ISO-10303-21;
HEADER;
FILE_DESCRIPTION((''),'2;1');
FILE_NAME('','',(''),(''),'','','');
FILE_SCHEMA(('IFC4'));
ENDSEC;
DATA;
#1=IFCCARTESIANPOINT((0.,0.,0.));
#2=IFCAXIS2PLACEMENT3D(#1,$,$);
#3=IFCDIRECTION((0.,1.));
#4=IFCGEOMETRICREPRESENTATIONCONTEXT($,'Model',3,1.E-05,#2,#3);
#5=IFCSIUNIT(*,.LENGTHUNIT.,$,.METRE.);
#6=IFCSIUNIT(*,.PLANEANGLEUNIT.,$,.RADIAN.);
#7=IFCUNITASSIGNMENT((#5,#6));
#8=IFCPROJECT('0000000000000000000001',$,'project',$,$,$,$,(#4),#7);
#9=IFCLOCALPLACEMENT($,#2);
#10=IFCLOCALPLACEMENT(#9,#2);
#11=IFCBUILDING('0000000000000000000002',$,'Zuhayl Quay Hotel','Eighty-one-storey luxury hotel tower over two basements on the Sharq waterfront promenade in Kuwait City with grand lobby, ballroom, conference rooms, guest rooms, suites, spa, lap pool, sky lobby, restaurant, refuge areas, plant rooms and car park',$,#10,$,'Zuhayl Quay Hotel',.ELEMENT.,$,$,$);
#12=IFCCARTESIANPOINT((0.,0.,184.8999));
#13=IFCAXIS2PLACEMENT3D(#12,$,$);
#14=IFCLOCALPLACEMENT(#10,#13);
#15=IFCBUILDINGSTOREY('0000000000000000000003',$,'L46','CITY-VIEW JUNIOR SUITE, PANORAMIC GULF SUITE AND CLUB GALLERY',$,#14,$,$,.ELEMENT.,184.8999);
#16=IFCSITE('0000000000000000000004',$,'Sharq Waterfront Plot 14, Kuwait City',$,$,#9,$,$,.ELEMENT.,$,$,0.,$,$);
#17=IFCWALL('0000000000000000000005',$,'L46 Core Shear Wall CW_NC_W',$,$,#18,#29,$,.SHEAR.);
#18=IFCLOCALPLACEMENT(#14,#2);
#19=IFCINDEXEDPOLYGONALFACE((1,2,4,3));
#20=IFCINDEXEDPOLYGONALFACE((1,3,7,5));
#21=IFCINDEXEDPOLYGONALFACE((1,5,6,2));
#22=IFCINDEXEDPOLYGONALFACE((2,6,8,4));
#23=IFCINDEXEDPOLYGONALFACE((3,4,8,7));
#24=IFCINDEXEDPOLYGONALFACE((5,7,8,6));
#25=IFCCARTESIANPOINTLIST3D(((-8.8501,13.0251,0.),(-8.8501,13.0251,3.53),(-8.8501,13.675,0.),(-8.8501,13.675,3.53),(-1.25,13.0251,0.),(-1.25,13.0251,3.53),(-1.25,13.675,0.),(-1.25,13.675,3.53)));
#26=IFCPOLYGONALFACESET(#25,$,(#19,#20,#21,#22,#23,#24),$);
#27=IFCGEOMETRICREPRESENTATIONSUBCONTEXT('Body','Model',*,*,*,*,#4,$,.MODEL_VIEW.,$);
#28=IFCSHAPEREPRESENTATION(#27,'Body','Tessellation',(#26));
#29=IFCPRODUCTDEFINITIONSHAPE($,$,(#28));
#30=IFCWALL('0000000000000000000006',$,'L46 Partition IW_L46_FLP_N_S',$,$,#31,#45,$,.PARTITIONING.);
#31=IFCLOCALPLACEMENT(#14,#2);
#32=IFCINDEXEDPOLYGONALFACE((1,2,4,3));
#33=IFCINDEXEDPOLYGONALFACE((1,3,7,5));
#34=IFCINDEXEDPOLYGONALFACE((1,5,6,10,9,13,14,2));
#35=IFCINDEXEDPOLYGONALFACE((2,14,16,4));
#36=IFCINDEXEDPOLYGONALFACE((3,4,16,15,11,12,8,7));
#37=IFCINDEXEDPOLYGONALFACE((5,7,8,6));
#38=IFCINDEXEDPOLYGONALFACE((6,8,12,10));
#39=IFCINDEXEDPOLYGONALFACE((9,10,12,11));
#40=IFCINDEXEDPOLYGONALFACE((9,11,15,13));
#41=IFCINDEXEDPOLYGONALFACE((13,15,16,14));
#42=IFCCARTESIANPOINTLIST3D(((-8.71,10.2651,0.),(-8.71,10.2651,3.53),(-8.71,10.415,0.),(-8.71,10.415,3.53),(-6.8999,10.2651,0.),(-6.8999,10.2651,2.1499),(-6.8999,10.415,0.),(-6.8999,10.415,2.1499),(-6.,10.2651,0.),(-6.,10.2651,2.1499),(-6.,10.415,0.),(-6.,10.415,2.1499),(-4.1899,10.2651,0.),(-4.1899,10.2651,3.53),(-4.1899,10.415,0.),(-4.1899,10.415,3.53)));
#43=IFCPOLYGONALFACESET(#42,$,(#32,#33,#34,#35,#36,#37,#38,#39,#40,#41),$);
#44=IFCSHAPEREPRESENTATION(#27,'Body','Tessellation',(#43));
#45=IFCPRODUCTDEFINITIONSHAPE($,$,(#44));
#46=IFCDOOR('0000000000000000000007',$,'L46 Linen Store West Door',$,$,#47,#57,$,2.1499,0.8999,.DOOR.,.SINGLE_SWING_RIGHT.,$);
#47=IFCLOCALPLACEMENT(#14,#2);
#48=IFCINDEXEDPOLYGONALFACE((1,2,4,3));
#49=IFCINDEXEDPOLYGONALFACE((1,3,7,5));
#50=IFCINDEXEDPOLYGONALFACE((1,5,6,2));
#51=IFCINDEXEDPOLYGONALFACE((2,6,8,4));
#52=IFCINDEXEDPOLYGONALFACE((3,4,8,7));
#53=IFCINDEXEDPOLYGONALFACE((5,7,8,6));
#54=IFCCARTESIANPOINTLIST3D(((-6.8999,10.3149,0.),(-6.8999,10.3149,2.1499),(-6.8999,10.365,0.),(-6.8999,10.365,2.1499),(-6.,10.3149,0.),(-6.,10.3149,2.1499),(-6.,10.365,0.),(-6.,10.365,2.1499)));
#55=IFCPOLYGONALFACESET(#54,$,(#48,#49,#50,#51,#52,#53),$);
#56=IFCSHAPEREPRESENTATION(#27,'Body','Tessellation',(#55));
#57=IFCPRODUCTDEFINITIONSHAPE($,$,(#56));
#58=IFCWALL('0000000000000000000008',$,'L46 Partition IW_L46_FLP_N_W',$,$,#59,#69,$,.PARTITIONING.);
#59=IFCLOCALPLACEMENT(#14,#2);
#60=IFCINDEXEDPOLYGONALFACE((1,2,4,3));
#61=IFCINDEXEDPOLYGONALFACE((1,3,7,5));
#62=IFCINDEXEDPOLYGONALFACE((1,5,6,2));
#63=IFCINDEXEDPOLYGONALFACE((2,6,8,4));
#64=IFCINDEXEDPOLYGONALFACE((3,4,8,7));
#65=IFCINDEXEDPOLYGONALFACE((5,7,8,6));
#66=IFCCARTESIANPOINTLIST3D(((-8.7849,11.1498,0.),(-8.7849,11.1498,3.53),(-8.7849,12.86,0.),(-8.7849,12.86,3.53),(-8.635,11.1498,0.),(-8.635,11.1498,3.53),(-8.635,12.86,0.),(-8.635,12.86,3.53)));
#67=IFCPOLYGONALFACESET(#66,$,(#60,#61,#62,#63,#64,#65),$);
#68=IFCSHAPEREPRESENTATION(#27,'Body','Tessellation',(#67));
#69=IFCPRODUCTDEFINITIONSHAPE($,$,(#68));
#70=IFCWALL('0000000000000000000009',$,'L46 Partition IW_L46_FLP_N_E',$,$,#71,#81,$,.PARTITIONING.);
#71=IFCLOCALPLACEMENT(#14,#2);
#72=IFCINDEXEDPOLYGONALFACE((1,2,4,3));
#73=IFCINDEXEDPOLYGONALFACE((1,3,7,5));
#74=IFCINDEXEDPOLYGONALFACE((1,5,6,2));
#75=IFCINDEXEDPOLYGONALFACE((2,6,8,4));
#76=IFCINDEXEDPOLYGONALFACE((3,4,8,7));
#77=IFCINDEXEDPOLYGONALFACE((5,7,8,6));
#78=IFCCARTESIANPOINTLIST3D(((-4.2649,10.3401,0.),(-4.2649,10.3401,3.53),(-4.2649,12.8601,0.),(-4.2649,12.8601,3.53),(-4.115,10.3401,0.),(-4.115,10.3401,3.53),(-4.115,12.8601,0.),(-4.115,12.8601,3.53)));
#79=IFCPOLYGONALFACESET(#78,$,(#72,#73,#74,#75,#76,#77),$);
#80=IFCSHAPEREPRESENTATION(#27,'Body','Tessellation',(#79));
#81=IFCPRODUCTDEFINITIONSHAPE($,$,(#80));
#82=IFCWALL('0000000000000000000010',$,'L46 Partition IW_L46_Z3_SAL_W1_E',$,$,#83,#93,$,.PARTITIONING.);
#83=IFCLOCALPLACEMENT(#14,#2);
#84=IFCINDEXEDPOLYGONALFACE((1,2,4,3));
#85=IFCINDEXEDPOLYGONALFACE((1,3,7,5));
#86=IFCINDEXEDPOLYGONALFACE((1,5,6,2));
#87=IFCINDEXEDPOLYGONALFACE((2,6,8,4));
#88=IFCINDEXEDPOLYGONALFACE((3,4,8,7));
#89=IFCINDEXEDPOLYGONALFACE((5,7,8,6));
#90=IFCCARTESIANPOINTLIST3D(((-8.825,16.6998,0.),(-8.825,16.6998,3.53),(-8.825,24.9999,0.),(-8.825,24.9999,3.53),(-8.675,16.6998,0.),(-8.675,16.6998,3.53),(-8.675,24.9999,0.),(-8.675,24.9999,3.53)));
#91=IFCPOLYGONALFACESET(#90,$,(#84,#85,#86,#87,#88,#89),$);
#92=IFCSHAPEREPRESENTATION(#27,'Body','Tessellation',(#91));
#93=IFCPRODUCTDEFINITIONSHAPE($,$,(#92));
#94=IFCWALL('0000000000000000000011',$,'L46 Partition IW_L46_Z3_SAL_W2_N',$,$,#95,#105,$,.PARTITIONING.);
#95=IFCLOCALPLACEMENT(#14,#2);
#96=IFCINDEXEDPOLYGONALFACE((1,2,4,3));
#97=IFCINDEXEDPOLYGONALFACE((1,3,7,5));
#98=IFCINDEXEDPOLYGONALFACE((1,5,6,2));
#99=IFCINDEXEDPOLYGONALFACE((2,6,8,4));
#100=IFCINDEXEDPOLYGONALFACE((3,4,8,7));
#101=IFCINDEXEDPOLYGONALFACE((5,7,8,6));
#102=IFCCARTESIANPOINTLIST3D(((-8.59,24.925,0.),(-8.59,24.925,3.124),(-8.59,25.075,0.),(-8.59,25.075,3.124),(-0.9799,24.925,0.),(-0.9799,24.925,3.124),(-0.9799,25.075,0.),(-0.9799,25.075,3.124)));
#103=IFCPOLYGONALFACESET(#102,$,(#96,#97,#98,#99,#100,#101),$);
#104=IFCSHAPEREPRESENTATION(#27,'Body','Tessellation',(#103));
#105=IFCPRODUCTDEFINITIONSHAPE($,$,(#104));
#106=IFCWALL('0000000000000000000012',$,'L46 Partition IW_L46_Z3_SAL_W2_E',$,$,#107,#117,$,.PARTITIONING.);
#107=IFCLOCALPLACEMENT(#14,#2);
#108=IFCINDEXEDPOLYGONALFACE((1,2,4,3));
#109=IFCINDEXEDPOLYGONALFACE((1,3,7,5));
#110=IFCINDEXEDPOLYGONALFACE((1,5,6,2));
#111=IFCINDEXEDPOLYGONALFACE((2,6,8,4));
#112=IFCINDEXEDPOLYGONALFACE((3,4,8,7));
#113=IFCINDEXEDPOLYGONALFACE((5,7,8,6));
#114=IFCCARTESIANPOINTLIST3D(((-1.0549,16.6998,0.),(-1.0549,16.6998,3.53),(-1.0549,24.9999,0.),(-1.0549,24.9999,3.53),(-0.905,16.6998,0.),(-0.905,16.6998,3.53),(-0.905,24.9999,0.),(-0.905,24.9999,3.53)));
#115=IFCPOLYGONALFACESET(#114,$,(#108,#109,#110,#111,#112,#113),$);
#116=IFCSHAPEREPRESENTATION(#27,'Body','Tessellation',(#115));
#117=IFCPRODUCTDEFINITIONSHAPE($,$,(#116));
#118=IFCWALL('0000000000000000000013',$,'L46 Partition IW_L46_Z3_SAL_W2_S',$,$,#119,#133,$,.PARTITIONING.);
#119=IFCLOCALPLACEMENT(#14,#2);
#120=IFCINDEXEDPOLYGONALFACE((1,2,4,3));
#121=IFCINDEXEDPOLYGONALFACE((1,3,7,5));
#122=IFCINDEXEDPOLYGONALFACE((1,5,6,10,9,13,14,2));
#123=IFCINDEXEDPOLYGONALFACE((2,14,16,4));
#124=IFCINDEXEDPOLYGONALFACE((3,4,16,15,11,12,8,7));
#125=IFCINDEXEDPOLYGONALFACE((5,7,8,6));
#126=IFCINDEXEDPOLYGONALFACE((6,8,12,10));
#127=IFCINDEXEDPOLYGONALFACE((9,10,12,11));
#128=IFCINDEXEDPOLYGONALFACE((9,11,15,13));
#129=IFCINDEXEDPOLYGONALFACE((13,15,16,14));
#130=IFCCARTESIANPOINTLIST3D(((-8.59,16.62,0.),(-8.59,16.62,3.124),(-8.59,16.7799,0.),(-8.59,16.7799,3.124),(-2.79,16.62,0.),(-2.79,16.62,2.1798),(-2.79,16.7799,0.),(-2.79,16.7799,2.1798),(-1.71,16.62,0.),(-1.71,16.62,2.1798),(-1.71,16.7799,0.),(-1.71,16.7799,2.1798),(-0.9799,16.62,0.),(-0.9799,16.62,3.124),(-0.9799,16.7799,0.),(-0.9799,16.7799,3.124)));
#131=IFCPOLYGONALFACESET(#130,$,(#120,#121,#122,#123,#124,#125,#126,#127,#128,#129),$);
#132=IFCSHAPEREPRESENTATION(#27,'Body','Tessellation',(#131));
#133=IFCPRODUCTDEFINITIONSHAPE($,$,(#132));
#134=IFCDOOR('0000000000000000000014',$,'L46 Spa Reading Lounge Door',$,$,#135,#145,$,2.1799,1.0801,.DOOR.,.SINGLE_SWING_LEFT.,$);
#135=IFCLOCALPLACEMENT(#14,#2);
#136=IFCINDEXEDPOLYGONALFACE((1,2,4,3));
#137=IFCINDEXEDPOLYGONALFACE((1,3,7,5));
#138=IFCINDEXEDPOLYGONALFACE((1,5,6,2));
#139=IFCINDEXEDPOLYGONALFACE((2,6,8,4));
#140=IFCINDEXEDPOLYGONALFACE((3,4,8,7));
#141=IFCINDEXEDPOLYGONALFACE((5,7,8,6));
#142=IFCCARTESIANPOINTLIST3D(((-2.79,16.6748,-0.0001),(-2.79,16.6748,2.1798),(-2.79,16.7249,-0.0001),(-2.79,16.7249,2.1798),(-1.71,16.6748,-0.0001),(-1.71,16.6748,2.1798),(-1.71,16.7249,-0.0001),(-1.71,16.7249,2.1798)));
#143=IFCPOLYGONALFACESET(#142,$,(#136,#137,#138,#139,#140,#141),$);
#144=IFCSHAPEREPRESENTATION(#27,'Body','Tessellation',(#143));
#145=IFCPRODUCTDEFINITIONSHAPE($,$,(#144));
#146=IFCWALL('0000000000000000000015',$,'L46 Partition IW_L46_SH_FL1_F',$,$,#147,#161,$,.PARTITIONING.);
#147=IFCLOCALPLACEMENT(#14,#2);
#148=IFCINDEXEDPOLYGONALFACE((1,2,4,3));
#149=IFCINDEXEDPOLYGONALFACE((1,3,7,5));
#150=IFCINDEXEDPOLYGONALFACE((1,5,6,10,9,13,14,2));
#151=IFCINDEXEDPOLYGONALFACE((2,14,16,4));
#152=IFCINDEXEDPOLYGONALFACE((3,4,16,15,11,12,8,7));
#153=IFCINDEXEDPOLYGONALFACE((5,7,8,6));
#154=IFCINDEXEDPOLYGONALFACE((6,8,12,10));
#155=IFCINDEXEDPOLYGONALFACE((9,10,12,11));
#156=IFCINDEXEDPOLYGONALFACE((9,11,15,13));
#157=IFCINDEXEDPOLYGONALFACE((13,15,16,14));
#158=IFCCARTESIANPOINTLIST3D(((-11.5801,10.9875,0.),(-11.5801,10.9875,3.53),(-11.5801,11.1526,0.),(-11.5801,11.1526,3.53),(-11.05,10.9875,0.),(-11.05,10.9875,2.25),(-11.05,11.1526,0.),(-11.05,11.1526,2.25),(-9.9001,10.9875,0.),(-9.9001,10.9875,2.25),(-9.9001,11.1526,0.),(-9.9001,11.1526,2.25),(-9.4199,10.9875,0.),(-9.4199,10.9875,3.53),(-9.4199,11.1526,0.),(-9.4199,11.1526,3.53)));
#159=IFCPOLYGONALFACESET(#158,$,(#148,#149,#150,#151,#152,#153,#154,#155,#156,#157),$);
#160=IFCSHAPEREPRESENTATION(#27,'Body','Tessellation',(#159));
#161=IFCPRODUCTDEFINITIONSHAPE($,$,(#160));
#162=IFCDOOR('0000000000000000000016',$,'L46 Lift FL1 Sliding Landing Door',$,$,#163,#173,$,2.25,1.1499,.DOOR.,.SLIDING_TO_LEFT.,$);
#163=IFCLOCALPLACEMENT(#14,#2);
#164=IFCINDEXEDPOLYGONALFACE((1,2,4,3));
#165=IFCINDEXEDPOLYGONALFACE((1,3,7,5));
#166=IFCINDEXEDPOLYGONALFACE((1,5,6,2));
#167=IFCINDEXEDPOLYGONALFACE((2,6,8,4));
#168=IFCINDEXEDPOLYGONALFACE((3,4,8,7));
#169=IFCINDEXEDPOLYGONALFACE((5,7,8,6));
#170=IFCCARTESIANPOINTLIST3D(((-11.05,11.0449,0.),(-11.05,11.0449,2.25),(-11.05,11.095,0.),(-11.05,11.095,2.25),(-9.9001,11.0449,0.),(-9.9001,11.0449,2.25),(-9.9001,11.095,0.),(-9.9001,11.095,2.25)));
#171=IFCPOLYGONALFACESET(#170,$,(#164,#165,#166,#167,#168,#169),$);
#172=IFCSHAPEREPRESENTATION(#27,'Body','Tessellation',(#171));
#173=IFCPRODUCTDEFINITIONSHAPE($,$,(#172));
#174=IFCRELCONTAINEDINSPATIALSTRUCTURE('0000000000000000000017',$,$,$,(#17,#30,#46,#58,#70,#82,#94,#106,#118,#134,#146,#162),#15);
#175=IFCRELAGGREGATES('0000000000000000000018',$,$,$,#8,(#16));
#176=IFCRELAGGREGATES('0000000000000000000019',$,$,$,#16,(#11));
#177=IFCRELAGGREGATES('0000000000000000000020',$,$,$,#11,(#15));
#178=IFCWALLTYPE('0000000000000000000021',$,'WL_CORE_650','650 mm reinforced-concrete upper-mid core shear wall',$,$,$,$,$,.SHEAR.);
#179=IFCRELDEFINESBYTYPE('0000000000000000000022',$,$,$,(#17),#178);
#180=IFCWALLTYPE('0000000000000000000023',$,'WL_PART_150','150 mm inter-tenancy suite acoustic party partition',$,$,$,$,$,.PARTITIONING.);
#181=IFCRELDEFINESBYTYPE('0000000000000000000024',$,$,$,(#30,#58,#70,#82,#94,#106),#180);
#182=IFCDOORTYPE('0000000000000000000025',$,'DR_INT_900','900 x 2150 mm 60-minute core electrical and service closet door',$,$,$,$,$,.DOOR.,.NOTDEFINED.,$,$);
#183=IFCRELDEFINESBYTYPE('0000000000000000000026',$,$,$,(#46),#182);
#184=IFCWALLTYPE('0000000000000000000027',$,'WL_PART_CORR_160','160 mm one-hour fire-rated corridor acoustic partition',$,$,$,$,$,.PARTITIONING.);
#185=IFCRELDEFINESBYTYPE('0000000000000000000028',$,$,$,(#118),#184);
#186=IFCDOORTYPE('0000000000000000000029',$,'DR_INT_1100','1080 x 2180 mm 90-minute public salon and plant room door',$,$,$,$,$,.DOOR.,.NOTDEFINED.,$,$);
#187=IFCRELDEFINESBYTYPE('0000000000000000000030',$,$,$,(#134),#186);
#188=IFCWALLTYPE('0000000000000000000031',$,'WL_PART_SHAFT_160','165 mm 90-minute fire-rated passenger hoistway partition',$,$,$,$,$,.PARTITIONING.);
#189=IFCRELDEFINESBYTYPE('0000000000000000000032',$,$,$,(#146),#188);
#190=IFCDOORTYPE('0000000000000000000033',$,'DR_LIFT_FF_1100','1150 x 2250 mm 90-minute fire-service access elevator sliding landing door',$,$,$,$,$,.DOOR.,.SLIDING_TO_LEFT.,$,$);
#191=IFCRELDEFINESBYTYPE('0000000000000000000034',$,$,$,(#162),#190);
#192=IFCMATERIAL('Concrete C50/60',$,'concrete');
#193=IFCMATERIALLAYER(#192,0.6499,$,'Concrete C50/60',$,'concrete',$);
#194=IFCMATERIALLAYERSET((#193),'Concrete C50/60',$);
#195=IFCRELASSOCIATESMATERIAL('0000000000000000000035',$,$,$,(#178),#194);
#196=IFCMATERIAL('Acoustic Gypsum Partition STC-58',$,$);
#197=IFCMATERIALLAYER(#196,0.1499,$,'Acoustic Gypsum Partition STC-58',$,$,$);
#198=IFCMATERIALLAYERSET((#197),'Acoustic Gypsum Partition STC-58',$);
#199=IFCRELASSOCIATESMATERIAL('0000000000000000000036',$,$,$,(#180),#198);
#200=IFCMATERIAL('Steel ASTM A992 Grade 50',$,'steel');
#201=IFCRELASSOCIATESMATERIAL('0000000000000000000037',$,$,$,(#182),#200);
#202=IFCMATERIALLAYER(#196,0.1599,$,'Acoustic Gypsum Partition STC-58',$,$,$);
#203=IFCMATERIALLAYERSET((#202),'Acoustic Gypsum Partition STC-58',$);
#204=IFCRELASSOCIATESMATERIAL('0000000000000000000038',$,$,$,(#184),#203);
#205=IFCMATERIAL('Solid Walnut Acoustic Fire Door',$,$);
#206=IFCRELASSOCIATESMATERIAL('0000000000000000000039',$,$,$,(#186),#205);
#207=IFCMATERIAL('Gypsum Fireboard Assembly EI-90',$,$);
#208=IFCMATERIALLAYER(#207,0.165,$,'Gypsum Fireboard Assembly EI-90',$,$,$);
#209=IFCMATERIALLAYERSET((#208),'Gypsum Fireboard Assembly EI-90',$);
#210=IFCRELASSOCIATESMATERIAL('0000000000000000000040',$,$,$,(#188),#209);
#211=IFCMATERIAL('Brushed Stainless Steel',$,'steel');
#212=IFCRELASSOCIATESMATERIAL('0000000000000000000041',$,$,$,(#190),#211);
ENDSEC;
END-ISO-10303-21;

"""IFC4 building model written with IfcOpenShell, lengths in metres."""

from ifc_helpers import new_model, si_unit, direction, frame, frame_2d, origin, place, context, subcontext, project, spatial, rectangle, extrude, material, layer, layer_set, type_object, element, fill, save


model = new_model("IFC4")

# Units and contexts
model_context = context("Model", 3, precision=1e-05, world=origin(), true_north=direction((0.0, 1.0)))
body_context = subcontext(model_context, "Body", "Model", "MODEL_VIEW")
ifc_project = project(units=[si_unit("LENGTHUNIT", "METRE"), si_unit("PLANEANGLEUNIT", "RADIAN")], contexts=[model_context])

# Site, building, storey
site_placement = place(None, origin())
site = spatial("IfcSite", under=ifc_project, at=site_placement, Name="Sharq Waterfront Plot 14, Kuwait City", CompositionType="ELEMENT", RefElevation=0.0)
building_placement = place(site_placement, origin())
building = spatial("IfcBuilding", under=site, at=building_placement, Name="Zuhayl Quay Hotel", Description="Eighty-one-storey luxury hotel tower over two basements on the Sharq waterfront promenade in Kuwait City with grand lobby, ballroom, conference rooms, guest rooms, suites, spa, lap pool, sky lobby, restaurant, refuge areas, plant rooms and car park", LongName="Zuhayl Quay Hotel", CompositionType="ELEMENT")
storey_placement = place(building_placement, frame((0.0, 0.0, 184.8999)))
storey = spatial("IfcBuildingStorey", under=building, at=storey_placement, Name="L46", Description="CITY-VIEW JUNIOR SUITE, PANORAMIC GULF SUITE AND CLUB GALLERY", CompositionType="ELEMENT", Elevation=184.8999)

# Shared definitions
ifc_material_1 = material(Name="Steel ASTM A992 Grade 50", Category="steel")

# Wall
ifc_material_2 = material(Name="Concrete C50/60", Category="concrete")
ifc_layer_1 = layer(ifc_material_2, 0.6499, Name="Concrete C50/60", Category="concrete")
ifc_layer_set_1 = layer_set([ifc_layer_1], Name="Concrete C50/60")
wall_type_1 = type_object("IfcWallType", Name="WL_CORE_650", Description="650 mm reinforced-concrete upper-mid core shear wall", PredefinedType="SHEAR", material=ifc_layer_set_1)
wall_1_placement = place(storey_placement, frame((-8.8501, 13.3501, 0.0), z_axis=(0.0, 0.0, 1.0), x_axis=(1.0, 0.0, 0.0)))
element("IfcWall", 1, at=wall_1_placement, inside=storey, type_object=wall_type_1, Name="L46 Core Shear Wall CW_NC_W", PredefinedType="SHEAR", context=body_context, shape_type="SweptSolid", body=[
    extrude(rectangle(XDim=7.6001, YDim=0.6499, at=frame_2d((3.8, 0.0))), origin(), (0.0, 0.0, 1.0), 3.53),
])

# Wall, opening, door
ifc_material_3 = material(Name="Acoustic Gypsum Partition STC-58")
ifc_layer_2 = layer(ifc_material_3, 0.1499, Name="Acoustic Gypsum Partition STC-58")
ifc_layer_set_2 = layer_set([ifc_layer_2], Name="Acoustic Gypsum Partition STC-58")
wall_type_2 = type_object("IfcWallType", Name="WL_PART_150", Description="150 mm inter-tenancy suite acoustic party partition", PredefinedType="PARTITIONING", material=ifc_layer_set_2)
wall_2_placement = place(storey_placement, frame((-8.71, 10.3401, 0.0), z_axis=(0.0, 0.0, 1.0), x_axis=(1.0, 0.0, 0.0)))
wall_2 = element("IfcWall", 2, at=wall_2_placement, inside=storey, type_object=wall_type_2, Name="L46 Partition IW_L46_FLP_N_S", PredefinedType="PARTITIONING", context=body_context, shape_type="SweptSolid", body=[
    extrude(rectangle(XDim=4.52, YDim=0.1499, at=frame_2d((2.26, 0.0))), origin(), (0.0, 0.0, 1.0), 3.53),
])
opening_1_placement = place(wall_2_placement, frame((1.8101, 0.0, 0.0)))
opening_1 = element("IfcOpeningElement", 3, at=opening_1_placement, cuts=wall_2, PredefinedType="OPENING", context=body_context, shape_type="SweptSolid", body=[
    extrude(rectangle(XDim=0.8999, YDim=2.1499, at=frame_2d((0.45, 1.075))), frame((0.0, 0.085, 0.0), z_axis=(0.0, -1.0, 0.0), x_axis=(1.0, 0.0, 0.0)), (0.0, 0.0, 1.0), 0.1699),
])
door_type_1 = type_object("IfcDoorType", Name="DR_INT_900", Description="900 x 2150 mm 60-minute core electrical and service closet door", OperationType="NOTDEFINED", PredefinedType="DOOR", material=ifc_material_1)
door_1_placement = place(opening_1_placement, origin())
door_1 = element("IfcDoor", 4, at=door_1_placement, inside=storey, type_object=door_type_1, Name="L46 Linen Store West Door", OperationType="SINGLE_SWING_RIGHT", OverallHeight=2.1499, OverallWidth=0.8999, PredefinedType="DOOR", context=body_context, shape_type="SweptSolid", body=[
    extrude(rectangle(XDim=0.8999, YDim=2.1499, at=frame_2d((0.45, 1.075))), frame((0.0, 0.0249, 0.0), z_axis=(0.0, -1.0, 0.0), x_axis=(1.0, 0.0, 0.0)), (0.0, 0.0, 1.0), 0.05),
])
fill(opening_1, door_1)

# Walls
wall_3_placement = place(storey_placement, frame((-8.71, 11.1499, 0.0), z_axis=(0.0, 0.0, 1.0), x_axis=(0.0, 1.0, 0.0)))
element("IfcWall", 5, at=wall_3_placement, inside=storey, type_object=wall_type_2, Name="L46 Partition IW_L46_FLP_N_W", PredefinedType="PARTITIONING", context=body_context, shape_type="SweptSolid", body=[
    extrude(rectangle(XDim=1.7102, YDim=0.1499, at=frame_2d((0.855, 0.0))), origin(), (0.0, 0.0, 1.0), 3.53),
])
wall_4_placement = place(storey_placement, frame((-4.1899, 10.3401, 0.0), z_axis=(0.0, 0.0, 1.0), x_axis=(0.0, 1.0, 0.0)))
element("IfcWall", 6, at=wall_4_placement, inside=storey, type_object=wall_type_2, Name="L46 Partition IW_L46_FLP_N_E", PredefinedType="PARTITIONING", context=body_context, shape_type="SweptSolid", body=[
    extrude(rectangle(XDim=2.52, YDim=0.1499, at=frame_2d((1.26, 0.0))), origin(), (0.0, 0.0, 1.0), 3.53),
])
wall_5_placement = place(storey_placement, frame((-8.75, 16.7, 0.0), z_axis=(0.0, 0.0, 1.0), x_axis=(0.0, 1.0, 0.0)))
element("IfcWall", 7, at=wall_5_placement, inside=storey, type_object=wall_type_2, Name="L46 Partition IW_L46_Z3_SAL_W1_E", PredefinedType="PARTITIONING", context=body_context, shape_type="SweptSolid", body=[
    extrude(rectangle(XDim=8.3, YDim=0.1499, at=frame_2d((4.1499, 0.0))), origin(), (0.0, 0.0, 1.0), 3.53),
])
wall_6_placement = place(storey_placement, frame((-8.5901, 25.0, 0.0), z_axis=(0.0, 0.0, 1.0), x_axis=(1.0, 0.0, 0.0)))
element("IfcWall", 8, at=wall_6_placement, inside=storey, type_object=wall_type_2, Name="L46 Partition IW_L46_Z3_SAL_W2_N", PredefinedType="PARTITIONING", context=body_context, shape_type="SweptSolid", body=[
    extrude(rectangle(XDim=7.6101, YDim=0.1499, at=frame_2d((3.8052, 0.0))), origin(), (0.0, 0.0, 1.0), 3.124),
])
wall_7_placement = place(storey_placement, frame((-0.98, 16.7, 0.0), z_axis=(0.0, 0.0, 1.0), x_axis=(0.0, 1.0, 0.0)))
element("IfcWall", 9, at=wall_7_placement, inside=storey, type_object=wall_type_2, Name="L46 Partition IW_L46_Z3_SAL_W2_E", PredefinedType="PARTITIONING", context=body_context, shape_type="SweptSolid", body=[
    extrude(rectangle(XDim=8.3, YDim=0.1499, at=frame_2d((4.1499, 0.0))), origin(), (0.0, 0.0, 1.0), 3.53),
])

# Walls, openings, doors
ifc_layer_3 = layer(ifc_material_3, 0.1599, Name="Acoustic Gypsum Partition STC-58")
ifc_layer_set_3 = layer_set([ifc_layer_3], Name="Acoustic Gypsum Partition STC-58")
wall_type_3 = type_object("IfcWallType", Name="WL_PART_CORR_160", Description="160 mm one-hour fire-rated corridor acoustic partition", PredefinedType="PARTITIONING", material=ifc_layer_set_3)
wall_8_placement = place(storey_placement, frame((-8.5901, 16.7, 0.0), z_axis=(0.0, 0.0, 1.0), x_axis=(1.0, 0.0, 0.0)))
wall_8 = element("IfcWall", 10, at=wall_8_placement, inside=storey, type_object=wall_type_3, Name="L46 Partition IW_L46_Z3_SAL_W2_S", PredefinedType="PARTITIONING", context=body_context, shape_type="SweptSolid", body=[
    extrude(rectangle(XDim=7.6101, YDim=0.1599, at=frame_2d((3.8052, 0.0))), origin(), (0.0, 0.0, 1.0), 3.124),
])
opening_2_placement = place(wall_8_placement, frame((5.8, 0.0, 0.0)))
opening_2 = element("IfcOpeningElement", 11, at=opening_2_placement, cuts=wall_8, PredefinedType="OPENING", context=body_context, shape_type="SweptSolid", body=[
    extrude(rectangle(XDim=1.0801, YDim=2.1799, at=frame_2d((0.54, 1.0898))), frame((0.0, 0.0898, 0.0), z_axis=(0.0, -1.0, 0.0), x_axis=(1.0, 0.0, 0.0)), (0.0, 0.0, 1.0), 0.1799),
])
ifc_material_4 = material(Name="Solid Walnut Acoustic Fire Door")
door_type_2 = type_object("IfcDoorType", Name="DR_INT_1100", Description="1080 x 2180 mm 90-minute public salon and plant room door", OperationType="NOTDEFINED", PredefinedType="DOOR", material=ifc_material_4)
door_2_placement = place(opening_2_placement, origin())
door_2 = element("IfcDoor", 12, at=door_2_placement, inside=storey, type_object=door_type_2, Name="L46 Spa Reading Lounge Door", OperationType="SINGLE_SWING_LEFT", OverallHeight=2.1799, OverallWidth=1.0801, PredefinedType="DOOR", context=body_context, shape_type="SweptSolid", body=[
    extrude(rectangle(XDim=1.0801, YDim=2.1799, at=frame_2d((0.54, 1.0898))), frame((0.0, 0.0249, 0.0), z_axis=(0.0, -1.0, 0.0), x_axis=(1.0, 0.0, 0.0)), (0.0, 0.0, 1.0), 0.05),
])
fill(opening_2, door_2)
ifc_material_5 = material(Name="Gypsum Fireboard Assembly EI-90")
ifc_layer_4 = layer(ifc_material_5, 0.165, Name="Gypsum Fireboard Assembly EI-90")
ifc_layer_set_4 = layer_set([ifc_layer_4], Name="Gypsum Fireboard Assembly EI-90")
wall_type_4 = type_object("IfcWallType", Name="WL_PART_SHAFT_160", Description="165 mm 90-minute fire-rated passenger hoistway partition", PredefinedType="PARTITIONING", material=ifc_layer_set_4)
wall_9_placement = place(storey_placement, frame((-11.5801, 11.0701, 0.0), z_axis=(0.0, 0.0, 1.0), x_axis=(1.0, 0.0, 0.0)))
wall_9 = element("IfcWall", 13, at=wall_9_placement, inside=storey, type_object=wall_type_4, Name="L46 Partition IW_L46_SH_FL1_F", PredefinedType="PARTITIONING", context=body_context, shape_type="SweptSolid", body=[
    extrude(rectangle(XDim=2.1602, YDim=0.165, at=frame_2d((1.0801, 0.0))), origin(), (0.0, 0.0, 1.0), 3.53),
])
opening_3_placement = place(wall_9_placement, frame((0.53, 0.0, 0.0)))
opening_3 = element("IfcOpeningElement", 14, at=opening_3_placement, cuts=wall_9, PredefinedType="OPENING", context=body_context, shape_type="SweptSolid", body=[
    extrude(rectangle(XDim=1.1499, YDim=2.25, at=frame_2d((0.575, 1.125))), frame((0.0, 0.0925, 0.0), z_axis=(0.0, -1.0, 0.0), x_axis=(1.0, 0.0, 0.0)), (0.0, 0.0, 1.0), 0.1851),
])
ifc_material_6 = material(Name="Brushed Stainless Steel", Category="steel")
door_type_3 = type_object("IfcDoorType", Name="DR_LIFT_FF_1100", Description="1150 x 2250 mm 90-minute fire-service access elevator sliding landing door", OperationType="SLIDING_TO_LEFT", PredefinedType="DOOR", material=ifc_material_6)
door_3_placement = place(opening_3_placement, origin())
door_3 = element("IfcDoor", 15, at=door_3_placement, inside=storey, type_object=door_type_3, Name="L46 Lift FL1 Sliding Landing Door", OperationType="SLIDING_TO_LEFT", OverallHeight=2.25, OverallWidth=1.1499, PredefinedType="DOOR", context=body_context, shape_type="SweptSolid", body=[
    extrude(rectangle(XDim=1.1499, YDim=2.25, at=frame_2d((0.575, 1.125))), frame((0.0, 0.0249, 0.0), z_axis=(0.0, -1.0, 0.0), x_axis=(1.0, 0.0, 0.0)), (0.0, 0.0, 1.0), 0.05),
])
fill(opening_3, door_3)

save(model, "model.ifc")
